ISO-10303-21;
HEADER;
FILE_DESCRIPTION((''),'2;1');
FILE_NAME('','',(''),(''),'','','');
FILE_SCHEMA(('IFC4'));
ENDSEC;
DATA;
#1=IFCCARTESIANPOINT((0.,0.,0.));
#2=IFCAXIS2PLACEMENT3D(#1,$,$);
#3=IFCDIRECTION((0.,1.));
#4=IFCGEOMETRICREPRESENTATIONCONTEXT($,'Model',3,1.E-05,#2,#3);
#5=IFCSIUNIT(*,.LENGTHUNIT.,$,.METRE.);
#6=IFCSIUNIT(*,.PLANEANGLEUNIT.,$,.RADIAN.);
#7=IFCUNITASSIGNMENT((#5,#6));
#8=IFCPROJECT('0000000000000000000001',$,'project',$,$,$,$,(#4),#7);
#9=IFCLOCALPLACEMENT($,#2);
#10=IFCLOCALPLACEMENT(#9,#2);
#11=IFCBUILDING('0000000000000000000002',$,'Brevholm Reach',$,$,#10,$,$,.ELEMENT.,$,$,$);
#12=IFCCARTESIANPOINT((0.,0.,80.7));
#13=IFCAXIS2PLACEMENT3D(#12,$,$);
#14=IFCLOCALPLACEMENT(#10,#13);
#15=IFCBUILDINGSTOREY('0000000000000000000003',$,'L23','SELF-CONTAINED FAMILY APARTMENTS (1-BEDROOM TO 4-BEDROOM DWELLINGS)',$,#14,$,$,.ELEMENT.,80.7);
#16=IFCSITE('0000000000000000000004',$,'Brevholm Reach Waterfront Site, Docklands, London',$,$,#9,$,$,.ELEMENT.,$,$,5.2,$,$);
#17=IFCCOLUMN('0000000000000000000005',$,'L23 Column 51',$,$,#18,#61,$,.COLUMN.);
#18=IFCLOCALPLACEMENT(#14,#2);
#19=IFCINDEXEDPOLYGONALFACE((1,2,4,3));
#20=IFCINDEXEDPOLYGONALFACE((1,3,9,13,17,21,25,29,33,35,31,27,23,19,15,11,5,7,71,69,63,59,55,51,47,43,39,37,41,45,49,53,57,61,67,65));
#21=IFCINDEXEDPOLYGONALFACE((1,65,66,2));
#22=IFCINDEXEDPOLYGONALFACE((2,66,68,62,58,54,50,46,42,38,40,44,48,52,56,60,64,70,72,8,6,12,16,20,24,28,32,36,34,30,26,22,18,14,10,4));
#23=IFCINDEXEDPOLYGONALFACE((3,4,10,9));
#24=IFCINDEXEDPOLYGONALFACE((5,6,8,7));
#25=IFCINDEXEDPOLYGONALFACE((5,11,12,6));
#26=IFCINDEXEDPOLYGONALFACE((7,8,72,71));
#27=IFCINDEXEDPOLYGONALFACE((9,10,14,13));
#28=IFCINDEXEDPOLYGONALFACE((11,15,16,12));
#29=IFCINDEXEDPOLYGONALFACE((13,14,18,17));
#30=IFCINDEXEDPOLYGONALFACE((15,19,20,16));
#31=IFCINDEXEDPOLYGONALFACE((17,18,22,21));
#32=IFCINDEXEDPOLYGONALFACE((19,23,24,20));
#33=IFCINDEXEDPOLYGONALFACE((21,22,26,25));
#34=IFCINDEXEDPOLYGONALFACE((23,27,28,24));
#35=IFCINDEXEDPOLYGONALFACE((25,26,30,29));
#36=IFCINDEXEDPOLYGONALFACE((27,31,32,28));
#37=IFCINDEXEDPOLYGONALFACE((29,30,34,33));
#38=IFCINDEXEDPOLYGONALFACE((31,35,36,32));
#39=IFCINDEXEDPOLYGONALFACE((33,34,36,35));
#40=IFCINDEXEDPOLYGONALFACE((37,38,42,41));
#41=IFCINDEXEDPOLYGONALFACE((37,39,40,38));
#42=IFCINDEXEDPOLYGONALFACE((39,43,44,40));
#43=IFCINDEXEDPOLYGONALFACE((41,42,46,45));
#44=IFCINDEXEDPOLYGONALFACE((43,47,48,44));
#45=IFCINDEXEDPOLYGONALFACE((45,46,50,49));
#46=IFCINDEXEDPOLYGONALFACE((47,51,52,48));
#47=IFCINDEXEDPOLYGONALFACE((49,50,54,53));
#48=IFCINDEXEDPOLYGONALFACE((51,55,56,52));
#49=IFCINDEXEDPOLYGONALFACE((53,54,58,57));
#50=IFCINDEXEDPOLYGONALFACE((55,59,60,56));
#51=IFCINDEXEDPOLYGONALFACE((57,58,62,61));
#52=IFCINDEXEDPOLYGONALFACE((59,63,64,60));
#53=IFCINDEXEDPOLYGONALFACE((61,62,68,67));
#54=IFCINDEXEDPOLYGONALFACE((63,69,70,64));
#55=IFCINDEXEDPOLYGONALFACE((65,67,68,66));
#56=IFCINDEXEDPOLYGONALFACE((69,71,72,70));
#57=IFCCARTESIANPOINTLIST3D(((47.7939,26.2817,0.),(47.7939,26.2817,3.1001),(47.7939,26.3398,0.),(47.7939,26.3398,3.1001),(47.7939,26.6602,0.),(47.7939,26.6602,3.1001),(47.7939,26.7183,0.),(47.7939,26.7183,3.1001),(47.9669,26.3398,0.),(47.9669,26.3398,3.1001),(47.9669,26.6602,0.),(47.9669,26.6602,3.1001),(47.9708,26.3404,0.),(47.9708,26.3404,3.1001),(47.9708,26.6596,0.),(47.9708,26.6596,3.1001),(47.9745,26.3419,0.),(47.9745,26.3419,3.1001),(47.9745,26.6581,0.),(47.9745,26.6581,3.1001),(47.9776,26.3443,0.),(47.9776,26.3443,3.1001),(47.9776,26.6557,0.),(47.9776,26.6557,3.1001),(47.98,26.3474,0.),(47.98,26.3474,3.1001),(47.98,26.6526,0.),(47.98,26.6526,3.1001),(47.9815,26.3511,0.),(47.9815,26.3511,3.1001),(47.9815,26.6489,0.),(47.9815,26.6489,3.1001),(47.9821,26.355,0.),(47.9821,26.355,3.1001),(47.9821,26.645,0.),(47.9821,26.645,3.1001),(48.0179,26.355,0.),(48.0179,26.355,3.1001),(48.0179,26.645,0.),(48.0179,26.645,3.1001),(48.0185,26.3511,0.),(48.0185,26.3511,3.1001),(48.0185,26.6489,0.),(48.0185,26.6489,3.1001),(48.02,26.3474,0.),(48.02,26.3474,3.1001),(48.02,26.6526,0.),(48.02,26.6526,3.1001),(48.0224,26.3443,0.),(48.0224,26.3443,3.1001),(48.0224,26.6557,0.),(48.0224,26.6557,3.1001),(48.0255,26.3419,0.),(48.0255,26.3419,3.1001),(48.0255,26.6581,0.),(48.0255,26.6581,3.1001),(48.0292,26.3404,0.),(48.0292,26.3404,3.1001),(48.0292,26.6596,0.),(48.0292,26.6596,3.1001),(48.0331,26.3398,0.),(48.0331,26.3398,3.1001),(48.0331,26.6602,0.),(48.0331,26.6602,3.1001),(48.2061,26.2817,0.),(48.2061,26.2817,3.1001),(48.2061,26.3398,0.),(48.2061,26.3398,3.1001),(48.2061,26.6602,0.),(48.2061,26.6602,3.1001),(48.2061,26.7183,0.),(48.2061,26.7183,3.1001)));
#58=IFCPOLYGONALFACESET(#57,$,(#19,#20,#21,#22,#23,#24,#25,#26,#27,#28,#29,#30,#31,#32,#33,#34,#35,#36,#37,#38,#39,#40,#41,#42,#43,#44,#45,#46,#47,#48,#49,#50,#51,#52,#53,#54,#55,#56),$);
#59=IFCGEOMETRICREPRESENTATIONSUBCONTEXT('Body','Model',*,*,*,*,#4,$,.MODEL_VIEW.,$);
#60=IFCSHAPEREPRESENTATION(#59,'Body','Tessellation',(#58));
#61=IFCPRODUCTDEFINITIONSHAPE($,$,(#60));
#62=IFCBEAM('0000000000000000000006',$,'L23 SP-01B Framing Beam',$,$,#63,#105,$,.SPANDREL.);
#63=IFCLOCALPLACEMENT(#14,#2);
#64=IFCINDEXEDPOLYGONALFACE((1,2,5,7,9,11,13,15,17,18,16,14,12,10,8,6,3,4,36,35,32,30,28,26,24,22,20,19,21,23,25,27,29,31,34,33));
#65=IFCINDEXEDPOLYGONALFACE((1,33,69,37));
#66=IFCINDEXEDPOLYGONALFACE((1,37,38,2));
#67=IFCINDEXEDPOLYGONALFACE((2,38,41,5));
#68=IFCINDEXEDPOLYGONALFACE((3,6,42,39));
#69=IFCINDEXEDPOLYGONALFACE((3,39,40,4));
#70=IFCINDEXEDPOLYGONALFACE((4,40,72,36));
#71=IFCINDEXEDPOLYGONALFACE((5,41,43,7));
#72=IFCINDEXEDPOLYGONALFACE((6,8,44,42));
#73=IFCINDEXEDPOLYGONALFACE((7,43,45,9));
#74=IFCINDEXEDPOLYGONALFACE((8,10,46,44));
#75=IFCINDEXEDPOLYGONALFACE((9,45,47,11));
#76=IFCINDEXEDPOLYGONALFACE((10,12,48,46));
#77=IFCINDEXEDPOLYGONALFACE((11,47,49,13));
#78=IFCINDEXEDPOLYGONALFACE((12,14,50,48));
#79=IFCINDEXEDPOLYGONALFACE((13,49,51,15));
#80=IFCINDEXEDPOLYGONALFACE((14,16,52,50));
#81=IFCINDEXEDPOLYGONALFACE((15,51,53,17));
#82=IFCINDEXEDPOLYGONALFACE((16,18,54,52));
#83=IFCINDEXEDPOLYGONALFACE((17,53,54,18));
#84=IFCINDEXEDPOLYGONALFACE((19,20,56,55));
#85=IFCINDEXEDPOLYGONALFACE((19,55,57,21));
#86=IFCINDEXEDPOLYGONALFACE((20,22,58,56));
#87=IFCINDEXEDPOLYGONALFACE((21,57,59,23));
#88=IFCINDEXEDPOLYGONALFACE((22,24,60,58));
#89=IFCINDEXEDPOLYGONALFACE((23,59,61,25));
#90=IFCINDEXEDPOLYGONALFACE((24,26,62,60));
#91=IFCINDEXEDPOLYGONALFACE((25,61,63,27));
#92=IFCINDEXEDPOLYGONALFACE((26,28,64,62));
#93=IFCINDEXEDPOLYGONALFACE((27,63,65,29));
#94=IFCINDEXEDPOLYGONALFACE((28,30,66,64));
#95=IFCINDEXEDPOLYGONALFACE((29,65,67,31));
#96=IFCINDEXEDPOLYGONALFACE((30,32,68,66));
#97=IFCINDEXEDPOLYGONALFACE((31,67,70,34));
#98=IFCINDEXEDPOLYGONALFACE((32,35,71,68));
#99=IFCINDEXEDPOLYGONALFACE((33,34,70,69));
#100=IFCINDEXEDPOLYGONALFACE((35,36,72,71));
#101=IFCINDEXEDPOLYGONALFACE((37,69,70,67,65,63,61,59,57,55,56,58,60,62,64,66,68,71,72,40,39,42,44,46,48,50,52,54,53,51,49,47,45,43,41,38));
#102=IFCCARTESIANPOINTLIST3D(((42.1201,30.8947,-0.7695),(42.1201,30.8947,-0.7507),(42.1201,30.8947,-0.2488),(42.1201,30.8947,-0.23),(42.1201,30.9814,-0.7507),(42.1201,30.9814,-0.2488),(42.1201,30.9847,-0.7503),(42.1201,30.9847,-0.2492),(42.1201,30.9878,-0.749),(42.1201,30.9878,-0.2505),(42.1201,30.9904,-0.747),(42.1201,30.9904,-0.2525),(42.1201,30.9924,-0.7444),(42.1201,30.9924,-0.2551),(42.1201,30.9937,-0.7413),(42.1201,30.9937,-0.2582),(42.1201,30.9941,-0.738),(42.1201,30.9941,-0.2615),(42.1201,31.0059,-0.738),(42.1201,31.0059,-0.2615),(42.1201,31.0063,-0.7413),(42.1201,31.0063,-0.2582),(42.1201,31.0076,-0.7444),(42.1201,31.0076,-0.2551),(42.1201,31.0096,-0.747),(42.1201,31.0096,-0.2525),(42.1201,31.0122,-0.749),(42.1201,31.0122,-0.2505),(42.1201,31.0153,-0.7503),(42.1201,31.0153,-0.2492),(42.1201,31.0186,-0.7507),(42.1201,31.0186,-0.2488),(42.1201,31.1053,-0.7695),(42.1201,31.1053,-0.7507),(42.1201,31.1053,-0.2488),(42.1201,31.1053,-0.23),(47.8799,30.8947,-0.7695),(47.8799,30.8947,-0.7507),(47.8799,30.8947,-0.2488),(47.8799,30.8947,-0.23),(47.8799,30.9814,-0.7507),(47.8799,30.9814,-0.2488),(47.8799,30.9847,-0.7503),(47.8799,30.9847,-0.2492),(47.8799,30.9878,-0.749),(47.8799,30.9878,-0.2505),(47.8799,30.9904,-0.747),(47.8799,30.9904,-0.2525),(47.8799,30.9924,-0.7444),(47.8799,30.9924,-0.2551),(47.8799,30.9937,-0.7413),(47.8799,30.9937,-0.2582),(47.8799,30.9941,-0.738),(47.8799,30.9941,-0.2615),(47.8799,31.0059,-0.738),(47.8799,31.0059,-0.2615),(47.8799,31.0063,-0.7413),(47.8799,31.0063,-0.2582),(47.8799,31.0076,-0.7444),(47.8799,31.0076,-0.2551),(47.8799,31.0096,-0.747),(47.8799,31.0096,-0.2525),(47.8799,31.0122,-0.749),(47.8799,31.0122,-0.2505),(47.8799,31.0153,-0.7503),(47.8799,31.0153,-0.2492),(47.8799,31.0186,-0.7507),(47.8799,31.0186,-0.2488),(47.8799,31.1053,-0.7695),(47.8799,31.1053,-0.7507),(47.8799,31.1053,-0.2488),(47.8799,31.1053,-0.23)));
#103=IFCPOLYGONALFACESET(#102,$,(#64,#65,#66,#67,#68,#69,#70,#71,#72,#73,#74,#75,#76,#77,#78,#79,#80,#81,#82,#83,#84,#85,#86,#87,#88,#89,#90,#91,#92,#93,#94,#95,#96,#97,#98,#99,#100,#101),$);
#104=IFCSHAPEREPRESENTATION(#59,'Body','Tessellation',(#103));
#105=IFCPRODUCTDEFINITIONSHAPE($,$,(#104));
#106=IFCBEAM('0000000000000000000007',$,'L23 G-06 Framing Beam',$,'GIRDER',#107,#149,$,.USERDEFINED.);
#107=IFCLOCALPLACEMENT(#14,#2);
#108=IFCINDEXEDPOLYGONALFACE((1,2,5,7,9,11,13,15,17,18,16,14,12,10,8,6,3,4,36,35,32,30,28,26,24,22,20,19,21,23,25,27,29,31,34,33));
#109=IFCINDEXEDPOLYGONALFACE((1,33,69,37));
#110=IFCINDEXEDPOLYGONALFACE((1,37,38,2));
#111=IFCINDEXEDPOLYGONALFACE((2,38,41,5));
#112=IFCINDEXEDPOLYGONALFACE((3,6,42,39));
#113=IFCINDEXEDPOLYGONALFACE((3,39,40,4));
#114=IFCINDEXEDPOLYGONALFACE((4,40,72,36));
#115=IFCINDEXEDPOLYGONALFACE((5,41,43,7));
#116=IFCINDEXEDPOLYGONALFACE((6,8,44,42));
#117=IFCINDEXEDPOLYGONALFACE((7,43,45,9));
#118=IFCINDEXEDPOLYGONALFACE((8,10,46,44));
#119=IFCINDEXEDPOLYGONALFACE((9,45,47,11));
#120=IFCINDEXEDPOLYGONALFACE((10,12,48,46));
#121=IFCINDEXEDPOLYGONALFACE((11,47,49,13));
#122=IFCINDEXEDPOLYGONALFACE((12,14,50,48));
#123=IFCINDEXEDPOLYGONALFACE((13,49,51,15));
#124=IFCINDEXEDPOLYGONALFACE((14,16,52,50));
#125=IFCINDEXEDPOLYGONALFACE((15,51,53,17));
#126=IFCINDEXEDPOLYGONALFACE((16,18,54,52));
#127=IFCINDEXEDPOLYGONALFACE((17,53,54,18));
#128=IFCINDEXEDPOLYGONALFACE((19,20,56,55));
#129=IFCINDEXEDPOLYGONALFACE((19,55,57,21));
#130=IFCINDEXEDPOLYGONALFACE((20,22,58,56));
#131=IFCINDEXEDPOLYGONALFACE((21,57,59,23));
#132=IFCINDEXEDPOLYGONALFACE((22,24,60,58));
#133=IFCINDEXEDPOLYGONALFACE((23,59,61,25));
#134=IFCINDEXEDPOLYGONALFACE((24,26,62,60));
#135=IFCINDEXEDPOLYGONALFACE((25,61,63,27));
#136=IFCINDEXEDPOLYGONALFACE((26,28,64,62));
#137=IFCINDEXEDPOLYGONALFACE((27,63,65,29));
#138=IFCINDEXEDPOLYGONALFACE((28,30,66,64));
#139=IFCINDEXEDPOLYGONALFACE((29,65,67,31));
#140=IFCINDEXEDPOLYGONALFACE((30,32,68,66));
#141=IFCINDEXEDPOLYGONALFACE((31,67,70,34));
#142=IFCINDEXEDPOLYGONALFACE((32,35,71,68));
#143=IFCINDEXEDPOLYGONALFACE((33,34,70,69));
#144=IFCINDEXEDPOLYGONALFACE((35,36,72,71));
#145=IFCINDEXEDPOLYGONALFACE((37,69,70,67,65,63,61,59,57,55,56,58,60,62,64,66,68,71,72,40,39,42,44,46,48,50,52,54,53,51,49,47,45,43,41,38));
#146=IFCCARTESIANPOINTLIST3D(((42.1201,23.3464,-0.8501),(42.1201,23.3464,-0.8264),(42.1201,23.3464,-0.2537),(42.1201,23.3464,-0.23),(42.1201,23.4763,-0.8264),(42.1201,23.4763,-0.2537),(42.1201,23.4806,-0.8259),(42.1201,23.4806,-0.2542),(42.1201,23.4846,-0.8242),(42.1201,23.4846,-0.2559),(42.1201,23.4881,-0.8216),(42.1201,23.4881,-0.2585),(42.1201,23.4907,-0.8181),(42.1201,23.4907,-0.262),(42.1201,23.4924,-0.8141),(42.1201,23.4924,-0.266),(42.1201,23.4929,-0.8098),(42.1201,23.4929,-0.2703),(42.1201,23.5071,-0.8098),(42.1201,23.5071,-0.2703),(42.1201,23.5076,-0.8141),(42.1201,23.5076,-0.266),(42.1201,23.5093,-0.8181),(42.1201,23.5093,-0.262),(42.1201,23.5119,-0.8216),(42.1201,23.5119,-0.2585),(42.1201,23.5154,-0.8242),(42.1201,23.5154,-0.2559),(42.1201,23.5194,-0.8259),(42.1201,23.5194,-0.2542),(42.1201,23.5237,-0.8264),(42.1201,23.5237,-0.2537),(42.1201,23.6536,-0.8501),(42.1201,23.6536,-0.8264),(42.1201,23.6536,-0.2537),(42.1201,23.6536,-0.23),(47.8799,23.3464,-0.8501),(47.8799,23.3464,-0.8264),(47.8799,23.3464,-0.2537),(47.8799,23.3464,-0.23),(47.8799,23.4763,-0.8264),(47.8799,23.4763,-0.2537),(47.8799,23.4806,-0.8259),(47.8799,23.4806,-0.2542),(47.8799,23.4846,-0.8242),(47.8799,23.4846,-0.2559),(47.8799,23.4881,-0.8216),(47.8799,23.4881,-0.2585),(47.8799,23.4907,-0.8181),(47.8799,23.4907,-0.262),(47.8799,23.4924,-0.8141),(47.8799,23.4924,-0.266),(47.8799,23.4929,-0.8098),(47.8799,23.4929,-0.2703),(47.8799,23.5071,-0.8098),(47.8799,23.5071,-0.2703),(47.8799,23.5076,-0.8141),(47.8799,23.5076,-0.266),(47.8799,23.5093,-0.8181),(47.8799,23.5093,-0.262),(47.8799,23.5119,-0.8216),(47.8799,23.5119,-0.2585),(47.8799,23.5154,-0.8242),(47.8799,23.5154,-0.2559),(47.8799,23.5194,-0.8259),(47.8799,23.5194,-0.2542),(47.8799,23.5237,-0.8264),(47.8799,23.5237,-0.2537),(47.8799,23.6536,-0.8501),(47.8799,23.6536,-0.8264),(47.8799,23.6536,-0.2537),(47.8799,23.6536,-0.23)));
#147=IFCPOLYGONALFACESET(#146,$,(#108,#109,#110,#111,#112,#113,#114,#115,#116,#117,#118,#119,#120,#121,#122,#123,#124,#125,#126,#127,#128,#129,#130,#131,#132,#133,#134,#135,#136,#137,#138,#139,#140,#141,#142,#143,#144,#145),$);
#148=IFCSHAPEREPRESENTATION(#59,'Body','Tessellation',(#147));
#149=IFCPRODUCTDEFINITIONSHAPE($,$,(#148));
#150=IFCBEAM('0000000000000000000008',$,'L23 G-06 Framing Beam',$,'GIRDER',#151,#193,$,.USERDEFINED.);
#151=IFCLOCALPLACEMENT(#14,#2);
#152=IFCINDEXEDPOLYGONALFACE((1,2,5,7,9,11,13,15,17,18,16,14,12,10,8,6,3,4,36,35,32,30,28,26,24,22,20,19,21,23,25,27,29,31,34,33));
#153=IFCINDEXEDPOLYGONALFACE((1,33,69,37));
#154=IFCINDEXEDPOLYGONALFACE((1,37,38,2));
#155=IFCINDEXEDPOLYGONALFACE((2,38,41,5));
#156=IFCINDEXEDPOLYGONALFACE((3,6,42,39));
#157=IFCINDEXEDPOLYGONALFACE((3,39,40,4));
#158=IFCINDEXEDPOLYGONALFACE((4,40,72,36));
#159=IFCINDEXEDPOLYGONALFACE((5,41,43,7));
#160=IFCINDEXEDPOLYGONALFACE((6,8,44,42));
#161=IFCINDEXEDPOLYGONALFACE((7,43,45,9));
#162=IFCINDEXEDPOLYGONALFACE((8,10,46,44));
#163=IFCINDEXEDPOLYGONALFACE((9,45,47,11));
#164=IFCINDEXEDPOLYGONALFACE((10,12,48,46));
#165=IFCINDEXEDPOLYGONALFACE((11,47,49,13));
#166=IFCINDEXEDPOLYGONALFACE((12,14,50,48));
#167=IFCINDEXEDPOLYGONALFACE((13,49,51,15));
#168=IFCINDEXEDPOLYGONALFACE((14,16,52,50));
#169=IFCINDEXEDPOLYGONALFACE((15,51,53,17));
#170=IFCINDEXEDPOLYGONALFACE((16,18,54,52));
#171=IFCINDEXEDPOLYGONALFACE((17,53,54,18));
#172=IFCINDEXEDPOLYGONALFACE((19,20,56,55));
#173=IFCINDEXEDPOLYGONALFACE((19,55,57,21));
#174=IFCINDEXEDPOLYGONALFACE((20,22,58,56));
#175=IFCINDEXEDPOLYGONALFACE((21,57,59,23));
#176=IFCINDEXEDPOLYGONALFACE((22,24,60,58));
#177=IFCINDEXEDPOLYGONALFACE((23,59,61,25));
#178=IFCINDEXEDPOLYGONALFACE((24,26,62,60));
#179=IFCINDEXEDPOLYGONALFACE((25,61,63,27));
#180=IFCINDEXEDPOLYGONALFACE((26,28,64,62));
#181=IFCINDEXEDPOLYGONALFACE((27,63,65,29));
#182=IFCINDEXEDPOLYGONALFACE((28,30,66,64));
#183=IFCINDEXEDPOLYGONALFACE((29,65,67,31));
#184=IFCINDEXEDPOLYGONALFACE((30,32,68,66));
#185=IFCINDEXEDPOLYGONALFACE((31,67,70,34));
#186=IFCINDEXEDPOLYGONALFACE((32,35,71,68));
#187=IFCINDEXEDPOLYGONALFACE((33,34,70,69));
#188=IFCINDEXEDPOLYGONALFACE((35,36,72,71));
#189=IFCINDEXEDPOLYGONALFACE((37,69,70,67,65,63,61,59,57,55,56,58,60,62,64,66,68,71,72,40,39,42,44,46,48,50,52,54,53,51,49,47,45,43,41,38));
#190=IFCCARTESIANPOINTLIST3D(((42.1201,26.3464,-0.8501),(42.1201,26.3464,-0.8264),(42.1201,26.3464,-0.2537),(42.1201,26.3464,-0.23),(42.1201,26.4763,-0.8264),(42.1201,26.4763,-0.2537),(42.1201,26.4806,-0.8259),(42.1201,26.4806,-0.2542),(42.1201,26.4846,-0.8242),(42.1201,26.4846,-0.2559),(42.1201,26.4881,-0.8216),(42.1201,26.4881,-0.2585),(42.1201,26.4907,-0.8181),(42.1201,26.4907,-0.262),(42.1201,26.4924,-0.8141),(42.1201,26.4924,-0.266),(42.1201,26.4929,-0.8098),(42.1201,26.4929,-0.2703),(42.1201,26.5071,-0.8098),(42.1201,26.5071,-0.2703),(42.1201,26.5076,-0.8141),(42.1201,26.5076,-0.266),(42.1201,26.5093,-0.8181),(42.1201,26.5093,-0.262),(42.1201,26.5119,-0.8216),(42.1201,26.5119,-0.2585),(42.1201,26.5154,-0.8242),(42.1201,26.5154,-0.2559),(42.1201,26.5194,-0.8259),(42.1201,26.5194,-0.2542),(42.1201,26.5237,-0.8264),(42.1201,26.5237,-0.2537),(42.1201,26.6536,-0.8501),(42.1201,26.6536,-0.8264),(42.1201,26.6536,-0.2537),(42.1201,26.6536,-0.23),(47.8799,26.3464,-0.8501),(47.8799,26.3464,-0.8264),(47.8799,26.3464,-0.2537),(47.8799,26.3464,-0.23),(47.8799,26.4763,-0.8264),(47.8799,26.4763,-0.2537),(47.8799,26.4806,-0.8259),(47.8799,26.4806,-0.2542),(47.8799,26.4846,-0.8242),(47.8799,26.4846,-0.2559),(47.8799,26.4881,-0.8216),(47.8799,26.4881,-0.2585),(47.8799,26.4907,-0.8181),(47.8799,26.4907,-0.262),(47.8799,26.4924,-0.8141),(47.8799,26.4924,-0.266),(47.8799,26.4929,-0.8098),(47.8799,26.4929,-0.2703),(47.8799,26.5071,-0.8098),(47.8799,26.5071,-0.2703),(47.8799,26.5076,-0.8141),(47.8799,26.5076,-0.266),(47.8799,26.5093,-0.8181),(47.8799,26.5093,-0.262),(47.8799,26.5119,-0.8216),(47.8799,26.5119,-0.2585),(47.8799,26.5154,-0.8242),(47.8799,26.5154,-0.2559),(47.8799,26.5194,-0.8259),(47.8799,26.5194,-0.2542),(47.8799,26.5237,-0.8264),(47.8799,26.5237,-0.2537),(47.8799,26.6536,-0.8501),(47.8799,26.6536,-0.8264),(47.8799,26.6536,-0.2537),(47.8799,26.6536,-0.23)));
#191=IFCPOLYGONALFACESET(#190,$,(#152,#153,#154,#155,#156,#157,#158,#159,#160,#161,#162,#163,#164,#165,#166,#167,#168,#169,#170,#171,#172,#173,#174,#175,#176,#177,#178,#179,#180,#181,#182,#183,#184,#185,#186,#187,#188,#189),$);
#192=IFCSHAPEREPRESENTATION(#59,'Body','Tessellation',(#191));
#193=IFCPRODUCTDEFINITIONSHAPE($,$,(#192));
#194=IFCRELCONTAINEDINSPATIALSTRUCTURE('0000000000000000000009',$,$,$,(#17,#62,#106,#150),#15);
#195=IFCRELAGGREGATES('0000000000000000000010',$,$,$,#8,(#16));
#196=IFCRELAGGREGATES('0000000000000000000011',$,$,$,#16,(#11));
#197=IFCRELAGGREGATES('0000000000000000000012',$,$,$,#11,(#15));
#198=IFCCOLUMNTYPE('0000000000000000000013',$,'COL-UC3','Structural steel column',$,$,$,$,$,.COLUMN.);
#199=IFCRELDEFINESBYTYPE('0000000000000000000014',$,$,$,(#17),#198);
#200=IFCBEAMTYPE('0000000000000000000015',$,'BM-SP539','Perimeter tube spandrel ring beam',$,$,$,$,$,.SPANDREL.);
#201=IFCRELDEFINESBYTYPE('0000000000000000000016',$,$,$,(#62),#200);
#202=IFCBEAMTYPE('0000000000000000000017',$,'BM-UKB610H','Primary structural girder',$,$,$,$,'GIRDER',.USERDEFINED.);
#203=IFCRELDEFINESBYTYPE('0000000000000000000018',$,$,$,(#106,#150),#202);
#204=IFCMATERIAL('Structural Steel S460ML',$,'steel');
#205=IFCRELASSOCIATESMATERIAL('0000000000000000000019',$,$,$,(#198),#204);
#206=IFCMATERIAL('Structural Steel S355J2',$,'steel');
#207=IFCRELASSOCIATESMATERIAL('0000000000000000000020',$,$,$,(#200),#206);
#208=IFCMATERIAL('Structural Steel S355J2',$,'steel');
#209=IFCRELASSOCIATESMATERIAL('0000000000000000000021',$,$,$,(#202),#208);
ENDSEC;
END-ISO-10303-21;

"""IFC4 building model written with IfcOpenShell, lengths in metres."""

from ifc_helpers import new_model, si_unit, direction, frame, origin, origin_2d, place, context, subcontext, project, spatial, i_section, extrude, material, material_profile, profile_set, type_object, element, save


model = new_model("IFC4")

# Units and contexts
model_context = context("Model", 3, precision=1e-05, world=origin(), true_north=direction((0.0, 1.0)))
body_context = subcontext(model_context, "Body", "Model", "MODEL_VIEW")
ifc_project = project(units=[si_unit("LENGTHUNIT", "METRE"), si_unit("PLANEANGLEUNIT", "RADIAN")], contexts=[model_context])

# Site, building, storey
site_placement = place(None, origin())
site = spatial("IfcSite", under=ifc_project, at=site_placement, Name="Brevholm Reach Waterfront Site, Docklands, London", CompositionType="ELEMENT", RefElevation=5.2)
building_placement = place(site_placement, origin())
building = spatial("IfcBuilding", under=site, at=building_placement, Name="Brevholm Reach", CompositionType="ELEMENT")
storey_placement = place(building_placement, frame((0.0, 0.0, 80.7)))
storey = spatial("IfcBuildingStorey", under=building, at=storey_placement, Name="L23", Description="SELF-CONTAINED FAMILY APARTMENTS (1-BEDROOM TO 4-BEDROOM DWELLINGS)", CompositionType="ELEMENT", Elevation=80.7)

# Column
ifc_material_1 = material(Name="Structural Steel S460ML", Category="steel")
ifc_material_profile_1 = material_profile(ifc_material_1, i_section(OverallWidth=0.4121, OverallDepth=0.4365, WebThickness=0.0359, FlangeThickness=0.0581, FilletRadius=0.0151, at=origin_2d()), Name="UKC 356x406x467")
ifc_profile_set_1 = profile_set([ifc_material_profile_1], Name="Structural Steel S460ML")
column_type_1 = type_object("IfcColumnType", Name="COL-UC3", Description="Structural steel column", PredefinedType="COLUMN", material=ifc_profile_set_1)
for number, where, z_axis, x_axis, name in (
    (1, (48.0, 26.5, 0.0), (0.0, 0.0, 1.0), (1.0, 0.0, 0.0), "L23 Column 51"),
):
    element("IfcColumn", number, at=place(storey_placement, frame(where, z_axis=z_axis, x_axis=x_axis)), inside=storey, type_object=column_type_1, Name=name, PredefinedType="COLUMN", context=body_context, shape_type="SweptSolid", body=[
        extrude(i_section(OverallWidth=0.4121, OverallDepth=0.4365, WebThickness=0.0359, FlangeThickness=0.0581, FilletRadius=0.0151, at=origin_2d()), origin(), (0.0, 0.0, 1.0), 3.1001),
    ])

# Beams
ifc_material_2 = material(Name="Structural Steel S355J2", Category="steel")
ifc_material_profile_2 = material_profile(ifc_material_2, i_section(OverallWidth=0.2107, OverallDepth=0.5396, WebThickness=0.0117, FlangeThickness=0.0188, FilletRadius=0.0127, at=origin_2d()), Name="UKB 533x210x109")
ifc_profile_set_2 = profile_set([ifc_material_profile_2], Name="Structural Steel S355J2")
beam_type_1 = type_object("IfcBeamType", Name="BM-SP539", Description="Perimeter tube spandrel ring beam", PredefinedType="SPANDREL", material=ifc_profile_set_2)
beam_1_placement = place(storey_placement, frame((42.1201, 31.0, -0.4998), z_axis=(1.0, 0.0, 0.0), x_axis=(0.0, 1.0, 0.0)))
element("IfcBeam", 2, at=beam_1_placement, inside=storey, type_object=beam_type_1, Name="L23 SP-01B Framing Beam", PredefinedType="SPANDREL", context=body_context, shape_type="SweptSolid", body=[
    extrude(i_section(OverallWidth=0.2107, OverallDepth=0.5396, WebThickness=0.0117, FlangeThickness=0.0188, FilletRadius=0.0127, at=origin_2d()), origin(), (0.0, 0.0, 1.0), 5.7598),
])
ifc_material_3 = material(Name="Structural Steel S355J2", Category="steel")
ifc_material_profile_3 = material_profile(ifc_material_3, i_section(OverallWidth=0.3071, OverallDepth=0.6201, WebThickness=0.0142, FlangeThickness=0.0237, FilletRadius=0.0166, at=origin_2d()), Name="UKB 610x305x179")
ifc_profile_set_3 = profile_set([ifc_material_profile_3], Name="Structural Steel S355J2")
beam_type_2 = type_object("IfcBeamType", Name="BM-UKB610H", Description="Primary structural girder", ElementType="GIRDER", PredefinedType="USERDEFINED", material=ifc_profile_set_3)
for number, where, z_axis, x_axis, name in (
    (3, (42.1201, 23.5, -0.54), (1.0, 0.0, 0.0), (0.0, 1.0, 0.0), "L23 G-06 Framing Beam"),
    (4, (42.1201, 26.5, -0.54), (1.0, 0.0, 0.0), (0.0, 1.0, 0.0), "L23 G-06 Framing Beam"),
):
    element("IfcBeam", number, at=place(storey_placement, frame(where, z_axis=z_axis, x_axis=x_axis)), inside=storey, type_object=beam_type_2, Name=name, ObjectType="GIRDER", PredefinedType="USERDEFINED", context=body_context, shape_type="SweptSolid", body=[
        extrude(i_section(OverallWidth=0.3071, OverallDepth=0.6201, WebThickness=0.0142, FlangeThickness=0.0237, FilletRadius=0.0166, at=origin_2d()), origin(), (0.0, 0.0, 1.0), 5.7598),
    ])

save(model, "model.ifc")
